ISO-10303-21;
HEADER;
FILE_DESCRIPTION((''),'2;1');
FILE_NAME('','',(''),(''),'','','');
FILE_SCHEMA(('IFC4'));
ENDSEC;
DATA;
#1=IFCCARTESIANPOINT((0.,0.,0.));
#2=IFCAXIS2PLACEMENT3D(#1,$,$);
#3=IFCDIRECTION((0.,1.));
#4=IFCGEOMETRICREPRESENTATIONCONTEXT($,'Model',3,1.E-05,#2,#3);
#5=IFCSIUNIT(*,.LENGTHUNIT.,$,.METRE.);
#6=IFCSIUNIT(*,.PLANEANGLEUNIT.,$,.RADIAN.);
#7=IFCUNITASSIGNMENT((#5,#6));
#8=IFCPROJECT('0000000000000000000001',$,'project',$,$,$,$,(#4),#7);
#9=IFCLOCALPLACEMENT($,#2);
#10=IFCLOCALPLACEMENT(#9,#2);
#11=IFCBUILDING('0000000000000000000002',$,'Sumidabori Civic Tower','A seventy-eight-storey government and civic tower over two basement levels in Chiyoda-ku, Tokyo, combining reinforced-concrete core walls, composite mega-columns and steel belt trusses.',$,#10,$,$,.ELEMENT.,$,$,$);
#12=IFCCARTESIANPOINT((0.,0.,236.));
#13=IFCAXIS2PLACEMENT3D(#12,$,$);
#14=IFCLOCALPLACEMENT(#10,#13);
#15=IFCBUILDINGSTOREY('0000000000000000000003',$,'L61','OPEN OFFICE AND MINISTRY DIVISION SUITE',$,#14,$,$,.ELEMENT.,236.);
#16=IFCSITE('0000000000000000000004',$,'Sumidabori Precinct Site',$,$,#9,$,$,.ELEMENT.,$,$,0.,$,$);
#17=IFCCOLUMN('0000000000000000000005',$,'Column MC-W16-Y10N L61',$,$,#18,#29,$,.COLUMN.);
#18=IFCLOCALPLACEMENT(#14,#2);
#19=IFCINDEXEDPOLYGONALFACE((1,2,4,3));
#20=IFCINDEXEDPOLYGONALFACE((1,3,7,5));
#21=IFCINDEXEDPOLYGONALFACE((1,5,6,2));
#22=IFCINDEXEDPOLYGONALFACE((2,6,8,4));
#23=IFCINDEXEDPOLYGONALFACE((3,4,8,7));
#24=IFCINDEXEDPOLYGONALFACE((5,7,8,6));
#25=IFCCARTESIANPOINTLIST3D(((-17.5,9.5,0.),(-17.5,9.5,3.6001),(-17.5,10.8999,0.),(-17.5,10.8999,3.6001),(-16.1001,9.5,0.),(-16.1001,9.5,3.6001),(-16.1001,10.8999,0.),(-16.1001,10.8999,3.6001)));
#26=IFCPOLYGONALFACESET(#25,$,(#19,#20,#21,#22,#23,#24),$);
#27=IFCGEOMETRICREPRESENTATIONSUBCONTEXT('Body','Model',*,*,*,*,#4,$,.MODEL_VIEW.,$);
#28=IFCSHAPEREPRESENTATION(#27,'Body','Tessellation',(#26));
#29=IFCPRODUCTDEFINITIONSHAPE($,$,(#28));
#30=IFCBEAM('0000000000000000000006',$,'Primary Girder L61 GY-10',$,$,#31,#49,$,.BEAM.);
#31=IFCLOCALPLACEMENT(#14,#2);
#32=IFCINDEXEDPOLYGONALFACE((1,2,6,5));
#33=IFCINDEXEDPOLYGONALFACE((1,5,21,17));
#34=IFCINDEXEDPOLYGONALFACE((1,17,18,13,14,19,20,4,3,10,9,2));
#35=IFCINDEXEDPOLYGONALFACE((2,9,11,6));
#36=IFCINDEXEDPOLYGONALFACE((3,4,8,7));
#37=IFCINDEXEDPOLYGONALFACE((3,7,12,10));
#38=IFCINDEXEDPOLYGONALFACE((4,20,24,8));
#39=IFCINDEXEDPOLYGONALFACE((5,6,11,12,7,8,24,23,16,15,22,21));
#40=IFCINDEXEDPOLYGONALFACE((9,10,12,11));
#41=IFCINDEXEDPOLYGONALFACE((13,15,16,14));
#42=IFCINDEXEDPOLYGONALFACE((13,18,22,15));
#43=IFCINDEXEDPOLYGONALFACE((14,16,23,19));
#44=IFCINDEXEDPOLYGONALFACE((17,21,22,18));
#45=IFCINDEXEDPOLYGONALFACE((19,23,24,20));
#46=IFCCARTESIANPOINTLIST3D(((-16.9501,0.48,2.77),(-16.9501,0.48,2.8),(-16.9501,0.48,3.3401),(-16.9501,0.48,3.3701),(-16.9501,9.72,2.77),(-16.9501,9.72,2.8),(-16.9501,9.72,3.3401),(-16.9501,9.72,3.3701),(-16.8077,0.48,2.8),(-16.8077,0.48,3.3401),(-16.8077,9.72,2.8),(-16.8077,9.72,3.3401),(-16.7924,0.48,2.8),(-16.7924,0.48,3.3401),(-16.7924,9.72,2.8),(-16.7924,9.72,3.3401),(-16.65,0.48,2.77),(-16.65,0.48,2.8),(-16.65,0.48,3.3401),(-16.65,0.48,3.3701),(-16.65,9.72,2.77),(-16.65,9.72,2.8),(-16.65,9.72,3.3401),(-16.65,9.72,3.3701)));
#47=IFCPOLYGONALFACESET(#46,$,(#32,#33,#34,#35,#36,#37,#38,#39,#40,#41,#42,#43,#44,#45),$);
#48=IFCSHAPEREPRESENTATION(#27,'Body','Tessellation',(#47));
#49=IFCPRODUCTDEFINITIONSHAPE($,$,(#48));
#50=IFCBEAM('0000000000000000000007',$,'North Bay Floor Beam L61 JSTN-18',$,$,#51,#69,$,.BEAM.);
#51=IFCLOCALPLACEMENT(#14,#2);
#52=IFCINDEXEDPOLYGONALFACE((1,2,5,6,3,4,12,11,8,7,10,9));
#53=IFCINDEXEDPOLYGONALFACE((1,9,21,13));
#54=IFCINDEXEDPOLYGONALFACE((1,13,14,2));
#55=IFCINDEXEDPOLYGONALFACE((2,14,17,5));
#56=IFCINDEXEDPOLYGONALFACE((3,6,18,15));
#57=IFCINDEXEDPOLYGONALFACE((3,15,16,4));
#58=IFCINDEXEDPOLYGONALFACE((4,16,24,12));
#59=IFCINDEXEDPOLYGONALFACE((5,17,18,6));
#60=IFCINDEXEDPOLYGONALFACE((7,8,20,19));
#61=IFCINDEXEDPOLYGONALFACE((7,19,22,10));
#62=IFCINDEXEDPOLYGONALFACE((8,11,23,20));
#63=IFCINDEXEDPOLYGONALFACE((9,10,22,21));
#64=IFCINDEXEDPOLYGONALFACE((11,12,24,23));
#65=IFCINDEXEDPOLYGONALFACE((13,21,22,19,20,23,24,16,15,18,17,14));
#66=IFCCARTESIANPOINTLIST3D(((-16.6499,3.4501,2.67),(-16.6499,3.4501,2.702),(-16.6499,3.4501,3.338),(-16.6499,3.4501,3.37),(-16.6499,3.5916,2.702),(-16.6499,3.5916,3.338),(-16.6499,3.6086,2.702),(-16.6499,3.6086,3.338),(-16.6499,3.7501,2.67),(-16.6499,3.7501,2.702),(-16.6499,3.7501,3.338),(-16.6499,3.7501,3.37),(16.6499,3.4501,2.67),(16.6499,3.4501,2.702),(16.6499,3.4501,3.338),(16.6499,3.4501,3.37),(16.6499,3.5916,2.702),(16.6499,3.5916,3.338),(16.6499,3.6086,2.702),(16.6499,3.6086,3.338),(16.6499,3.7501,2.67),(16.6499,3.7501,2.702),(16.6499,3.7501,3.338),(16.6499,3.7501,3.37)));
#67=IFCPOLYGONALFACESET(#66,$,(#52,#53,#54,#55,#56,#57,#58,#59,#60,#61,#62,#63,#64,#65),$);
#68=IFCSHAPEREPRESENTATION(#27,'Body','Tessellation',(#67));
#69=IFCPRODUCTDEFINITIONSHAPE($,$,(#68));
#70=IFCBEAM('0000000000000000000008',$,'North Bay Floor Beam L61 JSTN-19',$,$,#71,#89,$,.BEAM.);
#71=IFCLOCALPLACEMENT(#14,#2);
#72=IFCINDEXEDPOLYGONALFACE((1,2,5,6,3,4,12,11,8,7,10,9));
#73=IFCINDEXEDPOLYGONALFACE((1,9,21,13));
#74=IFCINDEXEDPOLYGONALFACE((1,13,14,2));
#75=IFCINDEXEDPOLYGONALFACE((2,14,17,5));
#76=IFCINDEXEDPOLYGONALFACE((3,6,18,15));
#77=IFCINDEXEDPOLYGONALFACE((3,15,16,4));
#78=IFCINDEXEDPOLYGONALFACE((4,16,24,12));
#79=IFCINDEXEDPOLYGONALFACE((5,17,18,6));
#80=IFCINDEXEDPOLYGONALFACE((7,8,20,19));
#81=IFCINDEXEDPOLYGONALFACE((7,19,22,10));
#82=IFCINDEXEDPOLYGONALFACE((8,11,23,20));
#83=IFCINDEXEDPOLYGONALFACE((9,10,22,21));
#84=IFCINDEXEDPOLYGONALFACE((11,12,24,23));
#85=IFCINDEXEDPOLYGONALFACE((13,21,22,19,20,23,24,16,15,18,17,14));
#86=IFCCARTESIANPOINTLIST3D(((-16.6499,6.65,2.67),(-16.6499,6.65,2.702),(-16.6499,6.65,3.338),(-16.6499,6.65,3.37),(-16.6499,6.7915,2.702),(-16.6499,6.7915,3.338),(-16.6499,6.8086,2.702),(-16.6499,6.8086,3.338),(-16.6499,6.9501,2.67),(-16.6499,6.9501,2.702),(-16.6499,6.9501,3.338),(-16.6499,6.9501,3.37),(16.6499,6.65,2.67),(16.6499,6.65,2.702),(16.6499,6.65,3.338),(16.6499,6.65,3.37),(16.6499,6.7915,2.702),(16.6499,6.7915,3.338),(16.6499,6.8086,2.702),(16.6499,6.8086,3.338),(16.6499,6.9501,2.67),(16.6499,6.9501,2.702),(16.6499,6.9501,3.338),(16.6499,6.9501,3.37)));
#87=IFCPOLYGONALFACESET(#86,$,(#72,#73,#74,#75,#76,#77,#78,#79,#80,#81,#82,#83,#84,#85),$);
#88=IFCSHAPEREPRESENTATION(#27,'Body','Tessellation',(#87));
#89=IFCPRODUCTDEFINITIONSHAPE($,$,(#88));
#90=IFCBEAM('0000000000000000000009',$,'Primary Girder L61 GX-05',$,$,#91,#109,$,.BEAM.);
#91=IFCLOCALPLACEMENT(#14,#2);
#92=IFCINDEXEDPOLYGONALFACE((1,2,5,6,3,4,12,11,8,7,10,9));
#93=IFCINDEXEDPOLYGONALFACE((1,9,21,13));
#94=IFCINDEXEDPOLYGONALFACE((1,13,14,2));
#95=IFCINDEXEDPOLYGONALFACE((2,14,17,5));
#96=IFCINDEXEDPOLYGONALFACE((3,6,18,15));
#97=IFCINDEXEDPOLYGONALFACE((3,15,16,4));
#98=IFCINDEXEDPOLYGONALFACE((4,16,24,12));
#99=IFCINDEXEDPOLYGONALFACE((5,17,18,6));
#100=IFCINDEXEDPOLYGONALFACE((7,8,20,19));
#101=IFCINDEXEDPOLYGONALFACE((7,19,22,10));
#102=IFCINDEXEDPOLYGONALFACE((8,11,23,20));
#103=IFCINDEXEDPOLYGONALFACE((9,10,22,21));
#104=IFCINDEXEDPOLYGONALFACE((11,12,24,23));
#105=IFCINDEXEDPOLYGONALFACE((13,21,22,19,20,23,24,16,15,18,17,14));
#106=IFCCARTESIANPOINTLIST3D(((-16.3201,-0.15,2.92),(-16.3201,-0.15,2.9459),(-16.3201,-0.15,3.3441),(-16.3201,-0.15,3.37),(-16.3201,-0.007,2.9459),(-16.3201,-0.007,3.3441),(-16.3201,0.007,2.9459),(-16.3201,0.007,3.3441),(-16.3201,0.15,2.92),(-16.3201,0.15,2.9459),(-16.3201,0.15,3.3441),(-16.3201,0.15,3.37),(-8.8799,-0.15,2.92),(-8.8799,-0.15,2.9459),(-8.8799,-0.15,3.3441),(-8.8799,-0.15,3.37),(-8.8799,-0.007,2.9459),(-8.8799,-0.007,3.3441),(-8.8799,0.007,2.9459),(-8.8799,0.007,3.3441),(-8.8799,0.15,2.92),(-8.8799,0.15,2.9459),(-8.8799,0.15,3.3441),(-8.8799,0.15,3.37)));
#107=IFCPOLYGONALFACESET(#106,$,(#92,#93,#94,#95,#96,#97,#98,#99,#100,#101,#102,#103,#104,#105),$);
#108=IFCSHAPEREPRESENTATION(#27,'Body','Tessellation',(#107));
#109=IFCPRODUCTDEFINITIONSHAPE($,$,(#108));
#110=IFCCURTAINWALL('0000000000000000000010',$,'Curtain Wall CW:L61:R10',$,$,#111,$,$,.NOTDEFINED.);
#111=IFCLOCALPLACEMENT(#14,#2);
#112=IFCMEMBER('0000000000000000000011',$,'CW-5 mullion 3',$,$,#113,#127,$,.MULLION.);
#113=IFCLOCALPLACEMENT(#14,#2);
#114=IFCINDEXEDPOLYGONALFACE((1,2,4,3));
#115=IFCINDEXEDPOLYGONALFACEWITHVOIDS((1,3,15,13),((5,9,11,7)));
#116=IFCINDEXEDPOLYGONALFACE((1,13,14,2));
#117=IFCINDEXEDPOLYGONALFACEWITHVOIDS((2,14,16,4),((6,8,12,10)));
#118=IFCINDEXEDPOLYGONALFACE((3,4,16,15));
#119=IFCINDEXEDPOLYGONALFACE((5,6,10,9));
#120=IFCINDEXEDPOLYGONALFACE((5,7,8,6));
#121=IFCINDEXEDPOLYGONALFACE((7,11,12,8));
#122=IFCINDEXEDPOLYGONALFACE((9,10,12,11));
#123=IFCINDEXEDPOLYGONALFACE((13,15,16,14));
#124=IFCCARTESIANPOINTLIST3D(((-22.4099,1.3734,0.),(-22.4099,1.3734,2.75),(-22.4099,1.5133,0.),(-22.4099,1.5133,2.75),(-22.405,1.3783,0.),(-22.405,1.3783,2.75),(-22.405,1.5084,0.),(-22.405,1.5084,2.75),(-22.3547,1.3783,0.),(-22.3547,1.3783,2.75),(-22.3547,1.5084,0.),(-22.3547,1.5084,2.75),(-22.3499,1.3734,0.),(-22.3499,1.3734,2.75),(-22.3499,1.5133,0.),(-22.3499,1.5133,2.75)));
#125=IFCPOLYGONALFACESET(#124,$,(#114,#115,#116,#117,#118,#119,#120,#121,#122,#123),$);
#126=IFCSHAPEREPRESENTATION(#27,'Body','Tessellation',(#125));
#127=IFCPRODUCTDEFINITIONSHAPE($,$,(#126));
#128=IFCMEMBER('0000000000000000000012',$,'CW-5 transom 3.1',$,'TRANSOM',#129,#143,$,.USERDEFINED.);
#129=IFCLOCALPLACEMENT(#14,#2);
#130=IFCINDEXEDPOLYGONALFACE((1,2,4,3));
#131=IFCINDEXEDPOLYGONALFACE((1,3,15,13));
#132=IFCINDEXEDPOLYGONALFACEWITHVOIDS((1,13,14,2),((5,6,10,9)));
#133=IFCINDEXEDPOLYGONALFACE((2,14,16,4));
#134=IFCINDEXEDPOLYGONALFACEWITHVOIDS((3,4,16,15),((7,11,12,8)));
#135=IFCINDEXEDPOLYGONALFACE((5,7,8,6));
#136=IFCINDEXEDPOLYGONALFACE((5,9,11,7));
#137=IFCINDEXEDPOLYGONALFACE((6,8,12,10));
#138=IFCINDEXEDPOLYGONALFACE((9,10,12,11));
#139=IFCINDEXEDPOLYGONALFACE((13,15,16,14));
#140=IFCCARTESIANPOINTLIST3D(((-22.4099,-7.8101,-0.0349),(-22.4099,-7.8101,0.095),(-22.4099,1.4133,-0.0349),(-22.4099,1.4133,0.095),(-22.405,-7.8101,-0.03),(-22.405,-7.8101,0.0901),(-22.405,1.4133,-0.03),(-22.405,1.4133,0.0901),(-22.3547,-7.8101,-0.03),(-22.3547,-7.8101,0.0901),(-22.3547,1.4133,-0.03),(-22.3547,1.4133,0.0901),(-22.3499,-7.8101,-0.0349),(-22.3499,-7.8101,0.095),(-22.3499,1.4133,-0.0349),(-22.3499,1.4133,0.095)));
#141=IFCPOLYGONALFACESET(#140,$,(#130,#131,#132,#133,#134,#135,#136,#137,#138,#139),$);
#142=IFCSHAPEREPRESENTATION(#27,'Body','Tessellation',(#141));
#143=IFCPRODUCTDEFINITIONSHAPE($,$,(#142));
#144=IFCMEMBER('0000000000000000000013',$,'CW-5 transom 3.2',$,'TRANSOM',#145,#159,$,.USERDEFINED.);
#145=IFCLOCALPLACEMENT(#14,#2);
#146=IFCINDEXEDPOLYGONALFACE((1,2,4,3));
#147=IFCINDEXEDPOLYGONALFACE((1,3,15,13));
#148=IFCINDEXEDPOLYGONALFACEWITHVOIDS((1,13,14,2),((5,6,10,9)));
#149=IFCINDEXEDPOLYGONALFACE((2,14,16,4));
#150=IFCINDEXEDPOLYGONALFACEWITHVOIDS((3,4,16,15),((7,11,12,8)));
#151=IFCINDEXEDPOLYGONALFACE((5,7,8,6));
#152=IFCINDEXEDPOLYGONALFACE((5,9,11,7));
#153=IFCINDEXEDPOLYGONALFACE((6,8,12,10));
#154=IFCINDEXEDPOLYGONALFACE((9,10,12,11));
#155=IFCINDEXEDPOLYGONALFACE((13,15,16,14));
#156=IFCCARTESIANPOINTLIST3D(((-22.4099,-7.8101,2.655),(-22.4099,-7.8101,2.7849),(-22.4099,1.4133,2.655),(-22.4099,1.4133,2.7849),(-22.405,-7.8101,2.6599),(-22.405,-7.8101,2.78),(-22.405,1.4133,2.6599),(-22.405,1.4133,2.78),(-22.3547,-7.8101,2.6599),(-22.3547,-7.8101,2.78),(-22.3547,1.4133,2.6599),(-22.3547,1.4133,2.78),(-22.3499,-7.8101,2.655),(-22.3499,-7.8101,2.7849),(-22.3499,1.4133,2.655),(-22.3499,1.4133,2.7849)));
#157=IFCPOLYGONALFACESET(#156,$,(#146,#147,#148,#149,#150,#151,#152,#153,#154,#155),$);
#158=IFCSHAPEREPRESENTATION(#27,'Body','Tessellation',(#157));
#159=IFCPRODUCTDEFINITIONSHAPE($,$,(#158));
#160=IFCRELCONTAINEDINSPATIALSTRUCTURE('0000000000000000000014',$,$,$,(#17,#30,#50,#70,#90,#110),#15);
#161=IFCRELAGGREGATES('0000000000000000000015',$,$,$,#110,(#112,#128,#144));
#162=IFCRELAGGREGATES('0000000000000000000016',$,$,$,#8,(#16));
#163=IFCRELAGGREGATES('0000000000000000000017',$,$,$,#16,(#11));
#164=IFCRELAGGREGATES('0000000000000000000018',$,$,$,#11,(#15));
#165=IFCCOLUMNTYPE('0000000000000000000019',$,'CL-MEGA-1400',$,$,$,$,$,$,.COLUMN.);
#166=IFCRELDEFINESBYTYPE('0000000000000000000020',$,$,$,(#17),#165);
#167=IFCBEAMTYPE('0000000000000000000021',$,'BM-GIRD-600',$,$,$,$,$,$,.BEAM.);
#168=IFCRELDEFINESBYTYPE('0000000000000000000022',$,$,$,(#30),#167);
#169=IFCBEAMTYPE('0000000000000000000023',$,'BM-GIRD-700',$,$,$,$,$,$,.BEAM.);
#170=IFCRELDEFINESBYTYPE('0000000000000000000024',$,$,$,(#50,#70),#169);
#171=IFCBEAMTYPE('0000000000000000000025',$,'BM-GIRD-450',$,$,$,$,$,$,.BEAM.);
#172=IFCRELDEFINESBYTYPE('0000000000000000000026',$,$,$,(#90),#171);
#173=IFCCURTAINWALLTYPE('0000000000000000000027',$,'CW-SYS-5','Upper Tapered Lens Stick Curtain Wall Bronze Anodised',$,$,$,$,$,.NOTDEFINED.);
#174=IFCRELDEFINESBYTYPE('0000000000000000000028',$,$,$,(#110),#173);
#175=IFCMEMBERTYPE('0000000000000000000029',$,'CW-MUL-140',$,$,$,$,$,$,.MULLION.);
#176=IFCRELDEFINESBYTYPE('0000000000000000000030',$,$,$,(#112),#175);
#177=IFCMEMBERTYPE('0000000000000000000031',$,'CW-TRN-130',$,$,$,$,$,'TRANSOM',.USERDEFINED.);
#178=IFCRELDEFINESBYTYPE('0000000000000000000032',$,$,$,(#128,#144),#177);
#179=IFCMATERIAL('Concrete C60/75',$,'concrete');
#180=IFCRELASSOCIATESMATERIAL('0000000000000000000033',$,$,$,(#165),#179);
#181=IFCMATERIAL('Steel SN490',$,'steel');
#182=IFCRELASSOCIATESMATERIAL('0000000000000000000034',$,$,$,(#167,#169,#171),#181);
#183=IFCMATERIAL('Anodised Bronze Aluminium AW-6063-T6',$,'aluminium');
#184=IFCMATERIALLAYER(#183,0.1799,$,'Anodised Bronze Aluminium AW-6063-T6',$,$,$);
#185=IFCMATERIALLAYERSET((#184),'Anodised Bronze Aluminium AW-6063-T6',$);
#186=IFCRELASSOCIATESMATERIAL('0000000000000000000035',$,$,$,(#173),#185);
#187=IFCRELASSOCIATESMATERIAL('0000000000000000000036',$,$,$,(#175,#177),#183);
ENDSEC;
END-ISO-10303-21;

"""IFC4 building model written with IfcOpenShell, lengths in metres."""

from ifc_helpers import new_model, si_unit, direction, frame, origin, origin_2d, place, context, subcontext, project, spatial, rectangle, hollow_rectangle, i_section, extrude, source, transform, mapped, material, layer, layer_set, material_profile, profile_set, type_object, element, aggregate, save


model = new_model("IFC4")

# Units and contexts
model_context = context("Model", 3, precision=1e-05, world=origin(), true_north=direction((0.0, 1.0)))
body_context = subcontext(model_context, "Body", "Model", "MODEL_VIEW")
ifc_project = project(units=[si_unit("LENGTHUNIT", "METRE"), si_unit("PLANEANGLEUNIT", "RADIAN")], contexts=[model_context])

# Site, building, storey
site_placement = place(None, origin())
site = spatial("IfcSite", under=ifc_project, at=site_placement, Name="Sumidabori Precinct Site", CompositionType="ELEMENT", RefElevation=0.0)
building_placement = place(site_placement, origin())
building = spatial("IfcBuilding", under=site, at=building_placement, Name="Sumidabori Civic Tower", Description="A seventy-eight-storey government and civic tower over two basement levels in Chiyoda-ku, Tokyo, combining reinforced-concrete core walls, composite mega-columns and steel belt trusses.", CompositionType="ELEMENT")
storey_placement = place(building_placement, frame((0.0, 0.0, 236.0)))
storey = spatial("IfcBuildingStorey", under=building, at=storey_placement, Name="L61", Description="OPEN OFFICE AND MINISTRY DIVISION SUITE", CompositionType="ELEMENT", Elevation=236.0)

# Column
ifc_material_1 = material(Name="Concrete C60/75", Category="concrete")
ifc_material_profile_1 = material_profile(ifc_material_1, rectangle(XDim=1.3999, YDim=1.3999, at=origin_2d()), Name="RC 1400x1400")
ifc_profile_set_1 = profile_set([ifc_material_profile_1], Name="Concrete C60/75")
column_type = type_object("IfcColumnType", Name="CL-MEGA-1400", PredefinedType="COLUMN", material=ifc_profile_set_1)
shared_shape_1 = source(origin(), body_context, "Body", "SweptSolid", [
    extrude(rectangle(XDim=1.3999, YDim=1.3999, at=origin_2d()), origin(), (0.0, 0.0, 1.0), 3.6001),
])
column_placement = place(storey_placement, frame((-16.8, 10.2, 0.0), z_axis=(0.0, 0.0, 1.0), x_axis=(1.0, 0.0, 0.0)))
element("IfcColumn", 1, at=column_placement, inside=storey, type_object=column_type, Name="Column MC-W16-Y10N L61", PredefinedType="COLUMN", context=body_context, shape_type="MappedRepresentation", body=[
    mapped(shared_shape_1, transform((0.0, 0.0, 0.0), x_axis=(1.0, 0.0, 0.0), y_axis=(0.0, 1.0, 0.0), z_axis=(0.0, 0.0, 1.0), scale=1.0)),
])

# Beams
ifc_material_2 = material(Name="Steel SN490", Category="steel")
ifc_material_profile_2 = material_profile(ifc_material_2, i_section(OverallWidth=0.3, OverallDepth=0.6001, WebThickness=0.0154, FlangeThickness=0.03, at=origin_2d()), Name="HE 600 B")
ifc_profile_set_2 = profile_set([ifc_material_profile_2], Name="Steel SN490")
beam_type_1 = type_object("IfcBeamType", Name="BM-GIRD-600", PredefinedType="BEAM", material=ifc_profile_set_2)
shared_shape_2 = source(origin(), body_context, "Body", "SweptSolid", [
    extrude(i_section(OverallWidth=0.3, OverallDepth=0.6001, WebThickness=0.0154, FlangeThickness=0.03, at=origin_2d()), origin(), (0.0, 0.0, 1.0), 9.24),
])
beam_1_placement = place(storey_placement, frame((-16.8, 0.48, 3.0701), z_axis=(0.0, 1.0, 0.0), x_axis=(-1.0, 0.0, 0.0)))
element("IfcBeam", 2, at=beam_1_placement, inside=storey, type_object=beam_type_1, Name="Primary Girder L61 GY-10", PredefinedType="BEAM", context=body_context, shape_type="MappedRepresentation", body=[
    mapped(shared_shape_2, transform((0.0, 0.0, 0.0), x_axis=(1.0, 0.0, 0.0), y_axis=(0.0, 1.0, 0.0), z_axis=(0.0, 0.0, 1.0), scale=1.0)),
])
ifc_material_profile_3 = material_profile(ifc_material_2, i_section(OverallWidth=0.3, OverallDepth=0.7, WebThickness=0.0171, FlangeThickness=0.032, at=origin_2d()), Name="HE 700 B")
ifc_profile_set_3 = profile_set([ifc_material_profile_3], Name="Steel SN490")
beam_type_2 = type_object("IfcBeamType", Name="BM-GIRD-700", PredefinedType="BEAM", material=ifc_profile_set_3)
shared_shape_3 = source(origin(), body_context, "Body", "SweptSolid", [
    extrude(i_section(OverallWidth=0.3, OverallDepth=0.7, WebThickness=0.0171, FlangeThickness=0.032, at=origin_2d()), origin(), (0.0, 0.0, 1.0), 33.2998),
])
for number, where, z_axis, x_axis, name in (
    (3, (-16.6499, 3.6001, 3.02), (1.0, 0.0, 0.0), (0.0, 1.0, 0.0), "North Bay Floor Beam L61 JSTN-18"),
    (4, (-16.6499, 6.8, 3.02), (1.0, 0.0, 0.0), (0.0, 1.0, 0.0), "North Bay Floor Beam L61 JSTN-19"),
):
    element("IfcBeam", number, at=place(storey_placement, frame(where, z_axis=z_axis, x_axis=x_axis)), inside=storey, type_object=beam_type_2, Name=name, PredefinedType="BEAM", context=body_context, shape_type="MappedRepresentation", body=[
        mapped(shared_shape_3, transform((0.0, 0.0, 0.0), x_axis=(1.0, 0.0, 0.0), y_axis=(0.0, 1.0, 0.0), z_axis=(0.0, 0.0, 1.0), scale=1.0)),
    ])
ifc_material_profile_4 = material_profile(ifc_material_2, i_section(OverallWidth=0.3, OverallDepth=0.45, WebThickness=0.0139, FlangeThickness=0.0259, at=origin_2d()), Name="HE 450 B")
ifc_profile_set_4 = profile_set([ifc_material_profile_4], Name="Steel SN490")
beam_type_3 = type_object("IfcBeamType", Name="BM-GIRD-450", PredefinedType="BEAM", material=ifc_profile_set_4)
shared_shape_4 = source(origin(), body_context, "Body", "SweptSolid", [
    extrude(i_section(OverallWidth=0.3, OverallDepth=0.45, WebThickness=0.0139, FlangeThickness=0.0259, at=origin_2d()), origin(), (0.0, 0.0, 1.0), 7.4402),
])
beam_2_placement = place(storey_placement, frame((-16.3201, 0.0, 3.145), z_axis=(1.0, 0.0, 0.0), x_axis=(0.0, 1.0, 0.0)))
element("IfcBeam", 5, at=beam_2_placement, inside=storey, type_object=beam_type_3, Name="Primary Girder L61 GX-05", PredefinedType="BEAM", context=body_context, shape_type="MappedRepresentation", body=[
    mapped(shared_shape_4, transform((0.0, 0.0, 0.0), x_axis=(1.0, 0.0, 0.0), y_axis=(0.0, 1.0, 0.0), z_axis=(0.0, 0.0, 1.0), scale=1.0)),
])

# Curtain wall, members
ifc_material_3 = material(Name="Anodised Bronze Aluminium AW-6063-T6", Category="aluminium")
ifc_layer_1 = layer(ifc_material_3, 0.1799, Name="Anodised Bronze Aluminium AW-6063-T6")
ifc_layer_set_1 = layer_set([ifc_layer_1], Name="Anodised Bronze Aluminium AW-6063-T6")
curtain_wall_type = type_object("IfcCurtainWallType", Name="CW-SYS-5", Description="Upper Tapered Lens Stick Curtain Wall Bronze Anodised", PredefinedType="NOTDEFINED", material=ifc_layer_set_1)
curtain_wall_placement = place(storey_placement, origin())
curtain_wall = element("IfcCurtainWall", 6, at=curtain_wall_placement, inside=storey, type_object=curtain_wall_type, Name="Curtain Wall CW:L61:R10", PredefinedType="NOTDEFINED")
ifc_material_profile_5 = material_profile(ifc_material_3, hollow_rectangle(XDim=0.0601, YDim=0.1399, WallThickness=0.0049, at=origin_2d()), Name="ALU MULLION 140x60")
ifc_profile_set_5 = profile_set([ifc_material_profile_5], Name="Anodised Bronze Aluminium AW-6063-T6")
member_type_1 = type_object("IfcMemberType", Name="CW-MUL-140", PredefinedType="MULLION", material=ifc_profile_set_5)
shared_shape_5 = source(origin(), body_context, "Body", "SweptSolid", [
    extrude(hollow_rectangle(XDim=0.0601, YDim=0.1399, WallThickness=0.0049, at=origin_2d()), origin(), (0.0, 0.0, 1.0), 2.75),
])
member_1_placement = place(storey_placement, frame((-22.3799, 1.4434, 0.0), z_axis=(0.0, 0.0, 1.0), x_axis=(1.0, 0.0, 0.0)))
member_1 = element("IfcMember", 7, at=member_1_placement, type_object=member_type_1, Name="CW-5 mullion 3", PredefinedType="MULLION", context=body_context, shape_type="MappedRepresentation", body=[
    mapped(shared_shape_5, transform((0.0, 0.0, 0.0), x_axis=(1.0, 0.0, 0.0), y_axis=(0.0, 1.0, 0.0), z_axis=(0.0, 0.0, 1.0), scale=1.0)),
])
ifc_material_profile_6 = material_profile(ifc_material_3, hollow_rectangle(XDim=0.0601, YDim=0.1299, WallThickness=0.0049, at=origin_2d()), Name="ALU TRANSOM 130x60")
ifc_profile_set_6 = profile_set([ifc_material_profile_6], Name="Anodised Bronze Aluminium AW-6063-T6")
member_type_2 = type_object("IfcMemberType", Name="CW-TRN-130", ElementType="TRANSOM", PredefinedType="USERDEFINED", material=ifc_profile_set_6)
shared_shape_6 = source(origin(), body_context, "Body", "SweptSolid", [
    extrude(hollow_rectangle(XDim=0.0601, YDim=0.1299, WallThickness=0.0049, at=origin_2d()), origin(), (0.0, 0.0, 1.0), 9.2234),
])
member_2_placement = place(storey_placement, frame((-22.3799, 1.4133, 0.03), z_axis=(0.0, -1.0, 0.0), x_axis=(1.0, 0.0, 0.0)))
member_2 = element("IfcMember", 8, at=member_2_placement, type_object=member_type_2, Name="CW-5 transom 3.1", ObjectType="TRANSOM", PredefinedType="USERDEFINED", context=body_context, shape_type="MappedRepresentation", body=[
    mapped(shared_shape_6, transform((0.0, 0.0, 0.0), x_axis=(1.0, 0.0, 0.0), y_axis=(0.0, 1.0, 0.0), z_axis=(0.0, 0.0, 1.0), scale=1.0)),
])
member_3_placement = place(storey_placement, frame((-22.3799, 1.4133, 2.72), z_axis=(0.0, -1.0, 0.0), x_axis=(1.0, 0.0, 0.0)))
member_3 = element("IfcMember", 9, at=member_3_placement, type_object=member_type_2, Name="CW-5 transom 3.2", ObjectType="TRANSOM", PredefinedType="USERDEFINED", context=body_context, shape_type="MappedRepresentation", body=[
    mapped(shared_shape_6, transform((0.0, 0.0, 0.0), x_axis=(1.0, 0.0, 0.0), y_axis=(0.0, 1.0, 0.0), z_axis=(0.0, 0.0, 1.0), scale=1.0)),
])
aggregate(curtain_wall, [member_1, member_2, member_3])

save(model, "model.ifc")
